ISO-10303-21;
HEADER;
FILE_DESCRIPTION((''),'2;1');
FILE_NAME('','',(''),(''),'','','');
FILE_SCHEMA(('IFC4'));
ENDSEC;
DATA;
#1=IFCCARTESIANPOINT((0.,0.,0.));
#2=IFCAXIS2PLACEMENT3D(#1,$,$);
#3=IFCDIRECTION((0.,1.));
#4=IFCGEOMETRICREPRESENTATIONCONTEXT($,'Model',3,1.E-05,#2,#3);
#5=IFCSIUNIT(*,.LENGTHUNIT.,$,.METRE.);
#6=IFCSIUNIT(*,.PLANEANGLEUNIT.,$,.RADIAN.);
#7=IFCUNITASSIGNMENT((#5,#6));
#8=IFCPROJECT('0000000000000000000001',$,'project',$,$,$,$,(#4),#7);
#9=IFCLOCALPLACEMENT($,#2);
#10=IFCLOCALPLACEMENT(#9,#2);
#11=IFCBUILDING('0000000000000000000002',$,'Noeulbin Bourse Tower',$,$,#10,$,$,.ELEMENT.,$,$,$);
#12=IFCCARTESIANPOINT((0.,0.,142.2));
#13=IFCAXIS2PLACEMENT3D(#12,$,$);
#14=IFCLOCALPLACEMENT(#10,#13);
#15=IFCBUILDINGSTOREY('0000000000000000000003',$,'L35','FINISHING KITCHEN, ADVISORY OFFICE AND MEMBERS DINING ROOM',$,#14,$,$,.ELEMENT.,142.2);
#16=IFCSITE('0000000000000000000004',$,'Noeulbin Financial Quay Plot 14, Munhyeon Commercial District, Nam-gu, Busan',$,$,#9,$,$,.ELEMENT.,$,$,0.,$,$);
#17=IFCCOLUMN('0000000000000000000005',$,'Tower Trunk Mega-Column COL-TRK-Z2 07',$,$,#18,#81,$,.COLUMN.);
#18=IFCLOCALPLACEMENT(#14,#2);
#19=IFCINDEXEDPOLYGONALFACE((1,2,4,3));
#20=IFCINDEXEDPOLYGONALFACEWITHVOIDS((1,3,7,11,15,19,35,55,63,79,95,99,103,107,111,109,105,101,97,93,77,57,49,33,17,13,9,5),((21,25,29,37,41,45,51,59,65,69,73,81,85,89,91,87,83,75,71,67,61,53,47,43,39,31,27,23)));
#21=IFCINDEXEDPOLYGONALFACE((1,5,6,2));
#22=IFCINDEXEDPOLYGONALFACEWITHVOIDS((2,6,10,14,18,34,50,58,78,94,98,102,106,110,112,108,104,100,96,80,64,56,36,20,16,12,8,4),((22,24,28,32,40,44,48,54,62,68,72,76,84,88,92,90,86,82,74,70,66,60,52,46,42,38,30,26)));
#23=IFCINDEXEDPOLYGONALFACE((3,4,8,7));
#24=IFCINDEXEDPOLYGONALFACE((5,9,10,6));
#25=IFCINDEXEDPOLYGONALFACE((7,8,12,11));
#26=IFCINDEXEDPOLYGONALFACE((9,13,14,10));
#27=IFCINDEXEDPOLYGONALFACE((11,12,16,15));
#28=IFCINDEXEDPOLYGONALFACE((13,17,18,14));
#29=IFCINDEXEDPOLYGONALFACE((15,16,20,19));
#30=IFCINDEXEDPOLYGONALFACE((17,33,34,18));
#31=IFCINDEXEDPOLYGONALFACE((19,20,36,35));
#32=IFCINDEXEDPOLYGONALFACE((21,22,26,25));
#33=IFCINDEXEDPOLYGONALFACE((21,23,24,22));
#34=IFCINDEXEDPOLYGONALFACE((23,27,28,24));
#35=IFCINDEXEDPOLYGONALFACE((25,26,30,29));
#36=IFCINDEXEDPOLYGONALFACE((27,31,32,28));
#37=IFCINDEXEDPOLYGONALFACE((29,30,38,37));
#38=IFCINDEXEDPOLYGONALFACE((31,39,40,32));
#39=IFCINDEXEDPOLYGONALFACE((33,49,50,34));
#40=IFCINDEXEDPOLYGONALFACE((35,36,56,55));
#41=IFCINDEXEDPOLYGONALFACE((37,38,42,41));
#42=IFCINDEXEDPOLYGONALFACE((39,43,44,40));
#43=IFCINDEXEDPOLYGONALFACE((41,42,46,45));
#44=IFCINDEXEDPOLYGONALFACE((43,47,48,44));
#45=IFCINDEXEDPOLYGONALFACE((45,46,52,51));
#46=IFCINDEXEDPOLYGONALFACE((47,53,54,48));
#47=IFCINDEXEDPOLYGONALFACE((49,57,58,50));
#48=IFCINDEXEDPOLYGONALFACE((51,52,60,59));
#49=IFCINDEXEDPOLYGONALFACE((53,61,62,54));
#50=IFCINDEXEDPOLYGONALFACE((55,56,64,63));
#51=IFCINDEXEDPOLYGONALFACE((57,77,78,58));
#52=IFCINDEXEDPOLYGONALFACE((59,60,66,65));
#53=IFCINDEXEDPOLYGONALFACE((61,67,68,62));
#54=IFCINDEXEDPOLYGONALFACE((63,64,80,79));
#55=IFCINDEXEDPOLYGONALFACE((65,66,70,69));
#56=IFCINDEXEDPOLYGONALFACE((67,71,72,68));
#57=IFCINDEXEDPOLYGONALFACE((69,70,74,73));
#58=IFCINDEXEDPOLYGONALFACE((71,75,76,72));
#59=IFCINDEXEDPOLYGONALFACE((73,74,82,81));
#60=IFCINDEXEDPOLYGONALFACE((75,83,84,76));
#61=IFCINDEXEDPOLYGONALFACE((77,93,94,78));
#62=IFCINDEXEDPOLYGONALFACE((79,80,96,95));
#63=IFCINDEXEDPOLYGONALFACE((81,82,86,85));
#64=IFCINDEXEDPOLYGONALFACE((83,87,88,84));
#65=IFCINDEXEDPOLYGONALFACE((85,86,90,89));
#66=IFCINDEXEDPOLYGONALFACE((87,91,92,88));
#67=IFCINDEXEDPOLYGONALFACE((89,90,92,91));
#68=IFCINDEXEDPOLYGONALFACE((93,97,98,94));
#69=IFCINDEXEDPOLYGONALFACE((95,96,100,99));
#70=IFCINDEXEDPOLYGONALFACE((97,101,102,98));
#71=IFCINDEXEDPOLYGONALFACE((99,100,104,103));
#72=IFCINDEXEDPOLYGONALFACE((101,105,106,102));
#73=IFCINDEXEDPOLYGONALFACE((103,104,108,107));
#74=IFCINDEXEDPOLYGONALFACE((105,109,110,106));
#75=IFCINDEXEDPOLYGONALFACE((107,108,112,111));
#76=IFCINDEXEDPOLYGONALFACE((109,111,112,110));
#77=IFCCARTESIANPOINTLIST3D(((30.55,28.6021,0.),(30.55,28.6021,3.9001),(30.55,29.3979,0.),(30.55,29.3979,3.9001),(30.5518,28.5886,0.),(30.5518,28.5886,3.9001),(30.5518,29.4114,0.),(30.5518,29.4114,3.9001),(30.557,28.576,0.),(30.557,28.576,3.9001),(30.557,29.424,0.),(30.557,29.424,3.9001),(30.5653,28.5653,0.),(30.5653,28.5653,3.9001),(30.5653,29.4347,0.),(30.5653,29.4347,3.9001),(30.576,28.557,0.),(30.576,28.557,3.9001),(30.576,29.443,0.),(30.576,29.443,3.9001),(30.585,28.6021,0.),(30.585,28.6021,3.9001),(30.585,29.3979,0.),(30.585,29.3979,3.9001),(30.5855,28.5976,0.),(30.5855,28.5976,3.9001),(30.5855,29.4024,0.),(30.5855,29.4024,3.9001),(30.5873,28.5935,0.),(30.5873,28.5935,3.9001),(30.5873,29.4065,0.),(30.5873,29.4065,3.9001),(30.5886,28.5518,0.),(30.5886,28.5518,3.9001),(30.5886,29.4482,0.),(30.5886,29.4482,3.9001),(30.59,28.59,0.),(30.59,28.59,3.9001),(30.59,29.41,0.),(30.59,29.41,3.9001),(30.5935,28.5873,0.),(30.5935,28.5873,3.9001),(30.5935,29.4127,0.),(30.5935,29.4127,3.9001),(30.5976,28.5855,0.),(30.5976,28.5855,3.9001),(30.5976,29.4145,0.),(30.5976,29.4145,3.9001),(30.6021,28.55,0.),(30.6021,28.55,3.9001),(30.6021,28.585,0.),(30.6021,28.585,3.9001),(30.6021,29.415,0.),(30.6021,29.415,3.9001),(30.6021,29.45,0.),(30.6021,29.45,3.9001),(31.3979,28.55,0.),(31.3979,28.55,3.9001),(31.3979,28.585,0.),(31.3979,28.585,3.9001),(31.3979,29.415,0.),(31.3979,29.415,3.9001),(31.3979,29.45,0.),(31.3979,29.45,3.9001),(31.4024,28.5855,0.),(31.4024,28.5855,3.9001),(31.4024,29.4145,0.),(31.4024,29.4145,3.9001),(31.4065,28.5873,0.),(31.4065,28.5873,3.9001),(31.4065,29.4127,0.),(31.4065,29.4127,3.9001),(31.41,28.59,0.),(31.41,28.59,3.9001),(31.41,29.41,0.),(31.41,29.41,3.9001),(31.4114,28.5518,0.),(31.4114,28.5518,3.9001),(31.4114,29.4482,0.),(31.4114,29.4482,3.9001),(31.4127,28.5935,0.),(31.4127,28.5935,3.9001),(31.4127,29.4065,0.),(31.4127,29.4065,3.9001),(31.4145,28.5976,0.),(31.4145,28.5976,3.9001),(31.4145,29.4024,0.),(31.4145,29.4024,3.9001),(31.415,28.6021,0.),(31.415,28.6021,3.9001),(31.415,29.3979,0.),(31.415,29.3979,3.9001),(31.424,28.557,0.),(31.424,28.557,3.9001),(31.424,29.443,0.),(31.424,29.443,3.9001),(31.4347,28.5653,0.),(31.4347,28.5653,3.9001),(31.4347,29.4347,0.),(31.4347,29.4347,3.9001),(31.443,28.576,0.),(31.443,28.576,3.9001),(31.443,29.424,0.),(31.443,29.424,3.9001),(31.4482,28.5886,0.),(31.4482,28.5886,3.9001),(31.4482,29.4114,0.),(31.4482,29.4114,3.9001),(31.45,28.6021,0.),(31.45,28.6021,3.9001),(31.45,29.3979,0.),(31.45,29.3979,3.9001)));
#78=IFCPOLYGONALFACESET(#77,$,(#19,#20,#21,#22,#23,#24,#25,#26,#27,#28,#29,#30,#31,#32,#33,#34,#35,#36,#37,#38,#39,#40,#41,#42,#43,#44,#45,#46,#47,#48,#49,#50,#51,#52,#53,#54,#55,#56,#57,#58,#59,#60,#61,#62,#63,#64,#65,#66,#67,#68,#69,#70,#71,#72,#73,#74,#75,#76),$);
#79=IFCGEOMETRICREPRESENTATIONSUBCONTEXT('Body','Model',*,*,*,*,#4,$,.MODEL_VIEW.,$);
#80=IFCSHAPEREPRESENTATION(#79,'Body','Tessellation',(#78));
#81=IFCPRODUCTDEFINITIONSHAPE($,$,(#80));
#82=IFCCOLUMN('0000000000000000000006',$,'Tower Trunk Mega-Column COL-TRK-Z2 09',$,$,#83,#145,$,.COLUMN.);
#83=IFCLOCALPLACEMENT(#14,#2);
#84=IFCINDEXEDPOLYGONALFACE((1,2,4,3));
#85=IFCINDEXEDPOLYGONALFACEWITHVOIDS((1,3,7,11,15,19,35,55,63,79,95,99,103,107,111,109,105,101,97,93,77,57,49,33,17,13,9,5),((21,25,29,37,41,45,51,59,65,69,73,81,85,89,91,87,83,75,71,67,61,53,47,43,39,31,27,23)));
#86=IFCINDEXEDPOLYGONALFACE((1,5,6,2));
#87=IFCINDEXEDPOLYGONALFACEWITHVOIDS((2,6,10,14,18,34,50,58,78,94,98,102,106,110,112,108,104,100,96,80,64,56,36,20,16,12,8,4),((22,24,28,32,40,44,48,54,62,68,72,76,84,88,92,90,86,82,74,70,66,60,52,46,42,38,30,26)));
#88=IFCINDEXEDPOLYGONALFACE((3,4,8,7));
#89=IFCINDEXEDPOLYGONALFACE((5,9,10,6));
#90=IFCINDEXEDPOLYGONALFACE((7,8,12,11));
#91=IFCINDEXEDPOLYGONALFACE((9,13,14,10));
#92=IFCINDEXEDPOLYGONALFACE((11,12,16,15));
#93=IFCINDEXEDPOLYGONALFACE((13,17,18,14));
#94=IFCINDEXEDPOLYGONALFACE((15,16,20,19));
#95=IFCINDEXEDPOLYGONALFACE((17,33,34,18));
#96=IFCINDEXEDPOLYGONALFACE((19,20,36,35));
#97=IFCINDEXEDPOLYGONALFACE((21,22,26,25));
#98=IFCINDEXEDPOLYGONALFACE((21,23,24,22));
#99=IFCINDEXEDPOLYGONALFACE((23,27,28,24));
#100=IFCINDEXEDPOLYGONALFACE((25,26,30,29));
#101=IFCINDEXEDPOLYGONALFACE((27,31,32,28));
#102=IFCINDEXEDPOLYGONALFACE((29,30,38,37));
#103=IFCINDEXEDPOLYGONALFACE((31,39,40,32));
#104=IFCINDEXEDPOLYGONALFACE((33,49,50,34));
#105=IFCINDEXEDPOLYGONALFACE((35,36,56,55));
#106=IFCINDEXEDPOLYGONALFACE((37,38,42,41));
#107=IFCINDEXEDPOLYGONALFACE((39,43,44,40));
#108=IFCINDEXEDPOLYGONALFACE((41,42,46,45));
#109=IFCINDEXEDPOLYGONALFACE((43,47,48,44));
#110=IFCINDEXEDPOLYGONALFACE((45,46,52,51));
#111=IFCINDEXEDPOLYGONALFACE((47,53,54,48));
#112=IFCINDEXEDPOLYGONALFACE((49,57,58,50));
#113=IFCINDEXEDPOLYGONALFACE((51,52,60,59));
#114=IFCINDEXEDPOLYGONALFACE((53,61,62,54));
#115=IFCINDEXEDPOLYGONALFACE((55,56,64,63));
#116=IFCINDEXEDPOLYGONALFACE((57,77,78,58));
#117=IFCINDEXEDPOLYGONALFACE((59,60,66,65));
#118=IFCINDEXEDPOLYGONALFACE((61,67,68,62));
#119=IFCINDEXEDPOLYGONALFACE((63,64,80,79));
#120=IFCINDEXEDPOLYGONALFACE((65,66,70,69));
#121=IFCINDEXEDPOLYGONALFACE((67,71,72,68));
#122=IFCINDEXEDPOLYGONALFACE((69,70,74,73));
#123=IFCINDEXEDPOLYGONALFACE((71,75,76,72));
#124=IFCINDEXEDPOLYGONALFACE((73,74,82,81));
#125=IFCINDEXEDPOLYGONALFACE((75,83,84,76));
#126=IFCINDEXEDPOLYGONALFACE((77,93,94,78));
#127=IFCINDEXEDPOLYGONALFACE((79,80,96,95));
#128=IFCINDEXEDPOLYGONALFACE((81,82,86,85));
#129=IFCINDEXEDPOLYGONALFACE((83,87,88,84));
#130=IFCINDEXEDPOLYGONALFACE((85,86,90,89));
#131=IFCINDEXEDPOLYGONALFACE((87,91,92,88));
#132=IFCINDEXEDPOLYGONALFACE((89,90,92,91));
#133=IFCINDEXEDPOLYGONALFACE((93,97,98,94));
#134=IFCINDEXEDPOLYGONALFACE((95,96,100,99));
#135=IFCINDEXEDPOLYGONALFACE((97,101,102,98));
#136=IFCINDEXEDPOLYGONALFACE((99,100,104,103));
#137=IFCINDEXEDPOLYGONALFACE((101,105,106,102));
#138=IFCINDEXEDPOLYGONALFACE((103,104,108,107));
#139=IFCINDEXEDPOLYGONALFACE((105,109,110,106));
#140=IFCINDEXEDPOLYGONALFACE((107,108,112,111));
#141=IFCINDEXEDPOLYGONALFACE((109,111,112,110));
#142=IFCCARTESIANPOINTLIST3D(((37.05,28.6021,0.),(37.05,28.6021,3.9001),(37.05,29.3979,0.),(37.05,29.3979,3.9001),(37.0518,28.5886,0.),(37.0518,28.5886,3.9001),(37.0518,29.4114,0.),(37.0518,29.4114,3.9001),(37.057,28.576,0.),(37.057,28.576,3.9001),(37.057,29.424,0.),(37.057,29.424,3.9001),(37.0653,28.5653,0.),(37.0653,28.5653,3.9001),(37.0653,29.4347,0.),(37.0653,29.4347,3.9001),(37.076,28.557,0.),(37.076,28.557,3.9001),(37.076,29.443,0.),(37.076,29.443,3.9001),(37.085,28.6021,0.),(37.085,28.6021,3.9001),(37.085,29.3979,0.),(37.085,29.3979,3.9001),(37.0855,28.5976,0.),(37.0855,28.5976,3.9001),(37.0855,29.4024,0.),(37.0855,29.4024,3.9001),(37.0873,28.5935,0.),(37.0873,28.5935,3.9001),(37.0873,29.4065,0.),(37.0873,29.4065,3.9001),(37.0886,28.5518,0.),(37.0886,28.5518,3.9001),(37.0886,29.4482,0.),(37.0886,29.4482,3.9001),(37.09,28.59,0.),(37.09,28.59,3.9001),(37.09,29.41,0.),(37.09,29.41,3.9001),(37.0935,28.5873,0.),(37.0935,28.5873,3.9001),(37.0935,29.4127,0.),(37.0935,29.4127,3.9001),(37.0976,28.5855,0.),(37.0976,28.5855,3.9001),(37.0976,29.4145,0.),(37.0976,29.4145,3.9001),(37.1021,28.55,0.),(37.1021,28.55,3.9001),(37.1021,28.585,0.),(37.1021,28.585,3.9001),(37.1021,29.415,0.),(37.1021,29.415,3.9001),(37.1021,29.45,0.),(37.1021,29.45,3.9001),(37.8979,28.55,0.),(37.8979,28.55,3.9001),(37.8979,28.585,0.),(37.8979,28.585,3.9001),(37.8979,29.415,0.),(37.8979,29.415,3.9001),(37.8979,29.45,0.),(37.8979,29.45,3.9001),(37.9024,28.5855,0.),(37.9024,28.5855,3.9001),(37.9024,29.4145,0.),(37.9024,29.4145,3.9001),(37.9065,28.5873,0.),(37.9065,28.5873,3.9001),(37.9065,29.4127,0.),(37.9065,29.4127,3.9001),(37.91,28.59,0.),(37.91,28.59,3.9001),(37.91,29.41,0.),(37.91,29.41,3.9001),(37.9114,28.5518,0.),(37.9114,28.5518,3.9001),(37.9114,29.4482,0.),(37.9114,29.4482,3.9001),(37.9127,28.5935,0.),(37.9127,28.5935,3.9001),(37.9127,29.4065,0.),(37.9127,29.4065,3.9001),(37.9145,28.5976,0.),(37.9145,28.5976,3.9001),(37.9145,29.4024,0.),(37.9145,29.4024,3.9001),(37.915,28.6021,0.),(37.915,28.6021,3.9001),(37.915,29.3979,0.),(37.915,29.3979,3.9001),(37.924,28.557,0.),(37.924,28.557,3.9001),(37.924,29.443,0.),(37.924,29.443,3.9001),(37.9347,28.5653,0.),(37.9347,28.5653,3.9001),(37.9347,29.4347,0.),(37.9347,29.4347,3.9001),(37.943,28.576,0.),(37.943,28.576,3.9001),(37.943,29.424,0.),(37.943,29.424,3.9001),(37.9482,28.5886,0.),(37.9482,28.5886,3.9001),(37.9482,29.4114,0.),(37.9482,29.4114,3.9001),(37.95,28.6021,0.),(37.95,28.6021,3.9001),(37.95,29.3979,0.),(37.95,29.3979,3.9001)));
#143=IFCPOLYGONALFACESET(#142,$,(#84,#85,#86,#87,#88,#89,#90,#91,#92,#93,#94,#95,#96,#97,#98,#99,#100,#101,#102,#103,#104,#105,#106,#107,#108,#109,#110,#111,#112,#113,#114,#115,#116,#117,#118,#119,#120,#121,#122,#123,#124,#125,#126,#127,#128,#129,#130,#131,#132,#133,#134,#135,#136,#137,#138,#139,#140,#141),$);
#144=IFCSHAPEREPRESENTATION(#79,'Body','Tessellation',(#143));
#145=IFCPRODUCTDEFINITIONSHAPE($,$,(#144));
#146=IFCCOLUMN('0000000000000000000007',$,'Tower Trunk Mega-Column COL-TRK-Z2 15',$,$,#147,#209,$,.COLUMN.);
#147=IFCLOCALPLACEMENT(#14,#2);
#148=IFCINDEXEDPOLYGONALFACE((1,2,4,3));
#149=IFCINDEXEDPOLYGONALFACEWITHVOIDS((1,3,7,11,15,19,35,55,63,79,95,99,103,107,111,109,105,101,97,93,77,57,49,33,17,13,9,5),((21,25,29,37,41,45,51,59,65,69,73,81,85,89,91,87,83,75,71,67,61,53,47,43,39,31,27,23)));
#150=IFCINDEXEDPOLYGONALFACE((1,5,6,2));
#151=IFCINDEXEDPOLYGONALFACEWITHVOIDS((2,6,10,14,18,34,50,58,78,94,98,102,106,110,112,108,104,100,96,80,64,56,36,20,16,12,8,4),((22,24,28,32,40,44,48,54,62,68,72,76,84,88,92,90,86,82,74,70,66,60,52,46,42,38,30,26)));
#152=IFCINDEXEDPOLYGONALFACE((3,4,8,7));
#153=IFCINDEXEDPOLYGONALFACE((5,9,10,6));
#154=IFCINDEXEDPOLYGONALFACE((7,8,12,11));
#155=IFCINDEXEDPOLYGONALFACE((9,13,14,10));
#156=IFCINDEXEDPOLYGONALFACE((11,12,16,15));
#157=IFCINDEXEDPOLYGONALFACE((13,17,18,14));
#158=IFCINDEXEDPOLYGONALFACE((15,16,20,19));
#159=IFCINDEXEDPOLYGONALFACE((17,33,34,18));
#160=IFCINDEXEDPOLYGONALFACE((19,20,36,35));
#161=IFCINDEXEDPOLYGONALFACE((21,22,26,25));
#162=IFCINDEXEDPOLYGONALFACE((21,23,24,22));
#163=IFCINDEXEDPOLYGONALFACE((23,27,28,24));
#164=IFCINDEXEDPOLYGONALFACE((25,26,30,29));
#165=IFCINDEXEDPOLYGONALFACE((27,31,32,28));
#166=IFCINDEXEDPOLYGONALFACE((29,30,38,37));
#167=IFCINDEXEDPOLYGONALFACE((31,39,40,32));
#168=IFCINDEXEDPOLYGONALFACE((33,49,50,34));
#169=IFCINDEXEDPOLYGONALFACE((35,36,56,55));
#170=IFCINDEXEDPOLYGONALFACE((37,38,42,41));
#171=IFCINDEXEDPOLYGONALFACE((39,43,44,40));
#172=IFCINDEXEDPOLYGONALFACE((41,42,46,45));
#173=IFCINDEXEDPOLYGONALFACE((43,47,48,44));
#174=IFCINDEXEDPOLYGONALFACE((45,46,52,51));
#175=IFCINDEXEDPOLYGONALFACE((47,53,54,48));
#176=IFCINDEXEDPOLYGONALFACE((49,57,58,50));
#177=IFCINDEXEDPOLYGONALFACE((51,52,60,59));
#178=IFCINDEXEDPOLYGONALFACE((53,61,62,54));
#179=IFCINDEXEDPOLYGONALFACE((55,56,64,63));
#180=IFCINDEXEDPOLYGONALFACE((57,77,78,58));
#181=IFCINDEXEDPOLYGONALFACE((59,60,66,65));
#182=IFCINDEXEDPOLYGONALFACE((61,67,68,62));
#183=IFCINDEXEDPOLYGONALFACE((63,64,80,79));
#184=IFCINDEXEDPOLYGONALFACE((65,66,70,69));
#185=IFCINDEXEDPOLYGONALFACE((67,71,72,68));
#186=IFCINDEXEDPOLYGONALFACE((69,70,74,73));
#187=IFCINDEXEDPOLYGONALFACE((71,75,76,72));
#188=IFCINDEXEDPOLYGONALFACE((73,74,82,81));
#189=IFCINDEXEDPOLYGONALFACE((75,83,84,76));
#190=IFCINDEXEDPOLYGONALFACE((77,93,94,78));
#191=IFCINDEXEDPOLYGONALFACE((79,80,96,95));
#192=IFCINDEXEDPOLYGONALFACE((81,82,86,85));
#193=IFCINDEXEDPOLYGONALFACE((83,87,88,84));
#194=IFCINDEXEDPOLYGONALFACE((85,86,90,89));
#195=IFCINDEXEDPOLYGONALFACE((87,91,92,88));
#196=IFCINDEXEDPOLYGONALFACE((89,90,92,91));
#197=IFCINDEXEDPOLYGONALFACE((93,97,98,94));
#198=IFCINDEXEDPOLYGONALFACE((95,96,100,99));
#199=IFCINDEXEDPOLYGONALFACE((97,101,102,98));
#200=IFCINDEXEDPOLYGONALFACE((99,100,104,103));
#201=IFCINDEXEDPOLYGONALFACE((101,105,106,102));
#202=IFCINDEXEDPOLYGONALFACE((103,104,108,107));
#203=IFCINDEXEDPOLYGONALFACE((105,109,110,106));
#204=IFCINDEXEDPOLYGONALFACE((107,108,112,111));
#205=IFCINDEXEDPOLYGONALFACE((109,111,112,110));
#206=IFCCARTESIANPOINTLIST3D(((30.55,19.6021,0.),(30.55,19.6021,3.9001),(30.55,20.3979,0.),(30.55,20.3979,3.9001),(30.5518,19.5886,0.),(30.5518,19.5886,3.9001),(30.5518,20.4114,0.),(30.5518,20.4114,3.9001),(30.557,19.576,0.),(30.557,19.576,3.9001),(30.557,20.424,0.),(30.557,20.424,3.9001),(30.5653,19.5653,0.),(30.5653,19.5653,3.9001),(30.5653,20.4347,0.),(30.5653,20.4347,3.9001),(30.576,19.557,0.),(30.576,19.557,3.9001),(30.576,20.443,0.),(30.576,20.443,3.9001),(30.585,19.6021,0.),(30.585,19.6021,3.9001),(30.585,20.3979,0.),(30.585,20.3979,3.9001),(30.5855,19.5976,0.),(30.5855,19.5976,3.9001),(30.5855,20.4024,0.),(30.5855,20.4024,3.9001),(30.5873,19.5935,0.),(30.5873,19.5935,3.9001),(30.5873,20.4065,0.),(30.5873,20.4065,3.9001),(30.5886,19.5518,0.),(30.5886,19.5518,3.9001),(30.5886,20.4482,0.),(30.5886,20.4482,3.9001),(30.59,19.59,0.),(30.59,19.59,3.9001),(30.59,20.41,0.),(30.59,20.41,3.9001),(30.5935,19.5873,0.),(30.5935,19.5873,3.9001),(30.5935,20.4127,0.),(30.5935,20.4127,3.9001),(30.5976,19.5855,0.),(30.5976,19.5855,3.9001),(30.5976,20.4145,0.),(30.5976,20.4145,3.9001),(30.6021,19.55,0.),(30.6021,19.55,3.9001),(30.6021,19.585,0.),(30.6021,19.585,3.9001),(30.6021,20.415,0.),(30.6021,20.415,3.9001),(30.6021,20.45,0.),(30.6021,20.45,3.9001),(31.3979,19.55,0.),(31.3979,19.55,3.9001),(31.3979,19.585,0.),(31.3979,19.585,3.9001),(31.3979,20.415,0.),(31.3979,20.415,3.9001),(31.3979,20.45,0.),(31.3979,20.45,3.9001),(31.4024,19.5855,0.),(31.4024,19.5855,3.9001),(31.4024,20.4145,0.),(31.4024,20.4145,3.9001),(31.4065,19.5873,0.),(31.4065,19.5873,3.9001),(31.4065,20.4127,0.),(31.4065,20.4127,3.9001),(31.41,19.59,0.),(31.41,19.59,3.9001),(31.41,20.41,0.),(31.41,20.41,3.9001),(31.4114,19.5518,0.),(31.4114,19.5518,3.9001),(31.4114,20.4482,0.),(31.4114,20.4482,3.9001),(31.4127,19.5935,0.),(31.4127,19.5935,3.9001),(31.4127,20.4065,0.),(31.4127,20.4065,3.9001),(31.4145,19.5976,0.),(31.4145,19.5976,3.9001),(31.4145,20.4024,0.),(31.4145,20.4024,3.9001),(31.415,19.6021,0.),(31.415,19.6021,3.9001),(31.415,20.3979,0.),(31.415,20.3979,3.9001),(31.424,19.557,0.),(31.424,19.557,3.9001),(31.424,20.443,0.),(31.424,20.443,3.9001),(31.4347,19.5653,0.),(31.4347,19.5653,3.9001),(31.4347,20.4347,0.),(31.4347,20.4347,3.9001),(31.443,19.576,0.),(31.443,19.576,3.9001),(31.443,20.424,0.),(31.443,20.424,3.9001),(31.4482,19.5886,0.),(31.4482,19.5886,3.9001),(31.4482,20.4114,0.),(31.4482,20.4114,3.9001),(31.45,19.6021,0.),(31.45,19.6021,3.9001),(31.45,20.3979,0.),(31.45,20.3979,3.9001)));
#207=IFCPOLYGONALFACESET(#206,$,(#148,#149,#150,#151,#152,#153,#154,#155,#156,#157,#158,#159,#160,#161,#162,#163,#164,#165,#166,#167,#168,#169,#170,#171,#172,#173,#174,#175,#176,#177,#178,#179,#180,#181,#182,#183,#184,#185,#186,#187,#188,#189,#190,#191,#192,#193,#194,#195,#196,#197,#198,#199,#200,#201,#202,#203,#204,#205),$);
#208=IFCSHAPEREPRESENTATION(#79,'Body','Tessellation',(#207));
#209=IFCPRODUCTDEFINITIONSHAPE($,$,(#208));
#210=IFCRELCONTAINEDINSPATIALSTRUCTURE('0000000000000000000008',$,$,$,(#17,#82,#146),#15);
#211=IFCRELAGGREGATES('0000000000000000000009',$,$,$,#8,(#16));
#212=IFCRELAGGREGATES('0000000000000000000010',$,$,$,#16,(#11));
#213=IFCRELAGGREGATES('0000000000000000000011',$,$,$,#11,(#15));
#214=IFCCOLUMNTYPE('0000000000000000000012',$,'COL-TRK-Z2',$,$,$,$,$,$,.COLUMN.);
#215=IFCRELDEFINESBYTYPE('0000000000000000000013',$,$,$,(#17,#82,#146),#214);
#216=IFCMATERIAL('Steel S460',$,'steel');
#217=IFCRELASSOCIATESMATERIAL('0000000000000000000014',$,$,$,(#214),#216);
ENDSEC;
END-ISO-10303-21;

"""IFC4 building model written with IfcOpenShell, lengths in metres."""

from ifc_helpers import new_model, si_unit, direction, frame, origin, origin_2d, place, context, subcontext, project, spatial, hollow_rectangle, extrude, material, material_profile, profile_set, type_object, element, save


model = new_model("IFC4")

# Units and contexts
model_context = context("Model", 3, precision=1e-05, world=origin(), true_north=direction((0.0, 1.0)))
body_context = subcontext(model_context, "Body", "Model", "MODEL_VIEW")
ifc_project = project(units=[si_unit("LENGTHUNIT", "METRE"), si_unit("PLANEANGLEUNIT", "RADIAN")], contexts=[model_context])

# Site, building, storey
site_placement = place(None, origin())
site = spatial("IfcSite", under=ifc_project, at=site_placement, Name="Noeulbin Financial Quay Plot 14, Munhyeon Commercial District, Nam-gu, Busan", CompositionType="ELEMENT", RefElevation=0.0)
building_placement = place(site_placement, origin())
building = spatial("IfcBuilding", under=site, at=building_placement, Name="Noeulbin Bourse Tower", CompositionType="ELEMENT")
storey_placement = place(building_placement, frame((0.0, 0.0, 142.2)))
storey = spatial("IfcBuildingStorey", under=building, at=storey_placement, Name="L35", Description="FINISHING KITCHEN, ADVISORY OFFICE AND MEMBERS DINING ROOM", CompositionType="ELEMENT", Elevation=142.2)

# Columns
ifc_material_1 = material(Name="Steel S460", Category="steel")
ifc_material_profile_1 = material_profile(ifc_material_1, hollow_rectangle(XDim=0.8999, YDim=0.8999, WallThickness=0.0349, InnerFilletRadius=0.0171, OuterFilletRadius=0.052, at=origin_2d()), Name="BOX-900x900x35", Category="LoadBearing")
ifc_profile_set_1 = profile_set([ifc_material_profile_1], Name="Steel S460")
column_type = type_object("IfcColumnType", Name="COL-TRK-Z2", PredefinedType="COLUMN", material=ifc_profile_set_1)
for number, where, z_axis, x_axis, name in (
    (1, (31.0, 29.0, 0.0), (0.0, 0.0, 1.0), (1.0, 0.0, 0.0), "Tower Trunk Mega-Column COL-TRK-Z2 07"),
    (2, (37.5, 29.0, 0.0), (0.0, 0.0, 1.0), (1.0, 0.0, 0.0), "Tower Trunk Mega-Column COL-TRK-Z2 09"),
    (3, (31.0, 20.0, 0.0), (0.0, 0.0, 1.0), (1.0, 0.0, 0.0), "Tower Trunk Mega-Column COL-TRK-Z2 15"),
):
    element("IfcColumn", number, at=place(storey_placement, frame(where, z_axis=z_axis, x_axis=x_axis)), inside=storey, type_object=column_type, Name=name, PredefinedType="COLUMN", context=body_context, shape_type="SweptSolid", body=[
        extrude(hollow_rectangle(XDim=0.8999, YDim=0.8999, WallThickness=0.0349, InnerFilletRadius=0.0171, OuterFilletRadius=0.052, at=origin_2d()), origin(), (0.0, 0.0, 1.0), 3.9001),
    ])

save(model, "model.ifc")
